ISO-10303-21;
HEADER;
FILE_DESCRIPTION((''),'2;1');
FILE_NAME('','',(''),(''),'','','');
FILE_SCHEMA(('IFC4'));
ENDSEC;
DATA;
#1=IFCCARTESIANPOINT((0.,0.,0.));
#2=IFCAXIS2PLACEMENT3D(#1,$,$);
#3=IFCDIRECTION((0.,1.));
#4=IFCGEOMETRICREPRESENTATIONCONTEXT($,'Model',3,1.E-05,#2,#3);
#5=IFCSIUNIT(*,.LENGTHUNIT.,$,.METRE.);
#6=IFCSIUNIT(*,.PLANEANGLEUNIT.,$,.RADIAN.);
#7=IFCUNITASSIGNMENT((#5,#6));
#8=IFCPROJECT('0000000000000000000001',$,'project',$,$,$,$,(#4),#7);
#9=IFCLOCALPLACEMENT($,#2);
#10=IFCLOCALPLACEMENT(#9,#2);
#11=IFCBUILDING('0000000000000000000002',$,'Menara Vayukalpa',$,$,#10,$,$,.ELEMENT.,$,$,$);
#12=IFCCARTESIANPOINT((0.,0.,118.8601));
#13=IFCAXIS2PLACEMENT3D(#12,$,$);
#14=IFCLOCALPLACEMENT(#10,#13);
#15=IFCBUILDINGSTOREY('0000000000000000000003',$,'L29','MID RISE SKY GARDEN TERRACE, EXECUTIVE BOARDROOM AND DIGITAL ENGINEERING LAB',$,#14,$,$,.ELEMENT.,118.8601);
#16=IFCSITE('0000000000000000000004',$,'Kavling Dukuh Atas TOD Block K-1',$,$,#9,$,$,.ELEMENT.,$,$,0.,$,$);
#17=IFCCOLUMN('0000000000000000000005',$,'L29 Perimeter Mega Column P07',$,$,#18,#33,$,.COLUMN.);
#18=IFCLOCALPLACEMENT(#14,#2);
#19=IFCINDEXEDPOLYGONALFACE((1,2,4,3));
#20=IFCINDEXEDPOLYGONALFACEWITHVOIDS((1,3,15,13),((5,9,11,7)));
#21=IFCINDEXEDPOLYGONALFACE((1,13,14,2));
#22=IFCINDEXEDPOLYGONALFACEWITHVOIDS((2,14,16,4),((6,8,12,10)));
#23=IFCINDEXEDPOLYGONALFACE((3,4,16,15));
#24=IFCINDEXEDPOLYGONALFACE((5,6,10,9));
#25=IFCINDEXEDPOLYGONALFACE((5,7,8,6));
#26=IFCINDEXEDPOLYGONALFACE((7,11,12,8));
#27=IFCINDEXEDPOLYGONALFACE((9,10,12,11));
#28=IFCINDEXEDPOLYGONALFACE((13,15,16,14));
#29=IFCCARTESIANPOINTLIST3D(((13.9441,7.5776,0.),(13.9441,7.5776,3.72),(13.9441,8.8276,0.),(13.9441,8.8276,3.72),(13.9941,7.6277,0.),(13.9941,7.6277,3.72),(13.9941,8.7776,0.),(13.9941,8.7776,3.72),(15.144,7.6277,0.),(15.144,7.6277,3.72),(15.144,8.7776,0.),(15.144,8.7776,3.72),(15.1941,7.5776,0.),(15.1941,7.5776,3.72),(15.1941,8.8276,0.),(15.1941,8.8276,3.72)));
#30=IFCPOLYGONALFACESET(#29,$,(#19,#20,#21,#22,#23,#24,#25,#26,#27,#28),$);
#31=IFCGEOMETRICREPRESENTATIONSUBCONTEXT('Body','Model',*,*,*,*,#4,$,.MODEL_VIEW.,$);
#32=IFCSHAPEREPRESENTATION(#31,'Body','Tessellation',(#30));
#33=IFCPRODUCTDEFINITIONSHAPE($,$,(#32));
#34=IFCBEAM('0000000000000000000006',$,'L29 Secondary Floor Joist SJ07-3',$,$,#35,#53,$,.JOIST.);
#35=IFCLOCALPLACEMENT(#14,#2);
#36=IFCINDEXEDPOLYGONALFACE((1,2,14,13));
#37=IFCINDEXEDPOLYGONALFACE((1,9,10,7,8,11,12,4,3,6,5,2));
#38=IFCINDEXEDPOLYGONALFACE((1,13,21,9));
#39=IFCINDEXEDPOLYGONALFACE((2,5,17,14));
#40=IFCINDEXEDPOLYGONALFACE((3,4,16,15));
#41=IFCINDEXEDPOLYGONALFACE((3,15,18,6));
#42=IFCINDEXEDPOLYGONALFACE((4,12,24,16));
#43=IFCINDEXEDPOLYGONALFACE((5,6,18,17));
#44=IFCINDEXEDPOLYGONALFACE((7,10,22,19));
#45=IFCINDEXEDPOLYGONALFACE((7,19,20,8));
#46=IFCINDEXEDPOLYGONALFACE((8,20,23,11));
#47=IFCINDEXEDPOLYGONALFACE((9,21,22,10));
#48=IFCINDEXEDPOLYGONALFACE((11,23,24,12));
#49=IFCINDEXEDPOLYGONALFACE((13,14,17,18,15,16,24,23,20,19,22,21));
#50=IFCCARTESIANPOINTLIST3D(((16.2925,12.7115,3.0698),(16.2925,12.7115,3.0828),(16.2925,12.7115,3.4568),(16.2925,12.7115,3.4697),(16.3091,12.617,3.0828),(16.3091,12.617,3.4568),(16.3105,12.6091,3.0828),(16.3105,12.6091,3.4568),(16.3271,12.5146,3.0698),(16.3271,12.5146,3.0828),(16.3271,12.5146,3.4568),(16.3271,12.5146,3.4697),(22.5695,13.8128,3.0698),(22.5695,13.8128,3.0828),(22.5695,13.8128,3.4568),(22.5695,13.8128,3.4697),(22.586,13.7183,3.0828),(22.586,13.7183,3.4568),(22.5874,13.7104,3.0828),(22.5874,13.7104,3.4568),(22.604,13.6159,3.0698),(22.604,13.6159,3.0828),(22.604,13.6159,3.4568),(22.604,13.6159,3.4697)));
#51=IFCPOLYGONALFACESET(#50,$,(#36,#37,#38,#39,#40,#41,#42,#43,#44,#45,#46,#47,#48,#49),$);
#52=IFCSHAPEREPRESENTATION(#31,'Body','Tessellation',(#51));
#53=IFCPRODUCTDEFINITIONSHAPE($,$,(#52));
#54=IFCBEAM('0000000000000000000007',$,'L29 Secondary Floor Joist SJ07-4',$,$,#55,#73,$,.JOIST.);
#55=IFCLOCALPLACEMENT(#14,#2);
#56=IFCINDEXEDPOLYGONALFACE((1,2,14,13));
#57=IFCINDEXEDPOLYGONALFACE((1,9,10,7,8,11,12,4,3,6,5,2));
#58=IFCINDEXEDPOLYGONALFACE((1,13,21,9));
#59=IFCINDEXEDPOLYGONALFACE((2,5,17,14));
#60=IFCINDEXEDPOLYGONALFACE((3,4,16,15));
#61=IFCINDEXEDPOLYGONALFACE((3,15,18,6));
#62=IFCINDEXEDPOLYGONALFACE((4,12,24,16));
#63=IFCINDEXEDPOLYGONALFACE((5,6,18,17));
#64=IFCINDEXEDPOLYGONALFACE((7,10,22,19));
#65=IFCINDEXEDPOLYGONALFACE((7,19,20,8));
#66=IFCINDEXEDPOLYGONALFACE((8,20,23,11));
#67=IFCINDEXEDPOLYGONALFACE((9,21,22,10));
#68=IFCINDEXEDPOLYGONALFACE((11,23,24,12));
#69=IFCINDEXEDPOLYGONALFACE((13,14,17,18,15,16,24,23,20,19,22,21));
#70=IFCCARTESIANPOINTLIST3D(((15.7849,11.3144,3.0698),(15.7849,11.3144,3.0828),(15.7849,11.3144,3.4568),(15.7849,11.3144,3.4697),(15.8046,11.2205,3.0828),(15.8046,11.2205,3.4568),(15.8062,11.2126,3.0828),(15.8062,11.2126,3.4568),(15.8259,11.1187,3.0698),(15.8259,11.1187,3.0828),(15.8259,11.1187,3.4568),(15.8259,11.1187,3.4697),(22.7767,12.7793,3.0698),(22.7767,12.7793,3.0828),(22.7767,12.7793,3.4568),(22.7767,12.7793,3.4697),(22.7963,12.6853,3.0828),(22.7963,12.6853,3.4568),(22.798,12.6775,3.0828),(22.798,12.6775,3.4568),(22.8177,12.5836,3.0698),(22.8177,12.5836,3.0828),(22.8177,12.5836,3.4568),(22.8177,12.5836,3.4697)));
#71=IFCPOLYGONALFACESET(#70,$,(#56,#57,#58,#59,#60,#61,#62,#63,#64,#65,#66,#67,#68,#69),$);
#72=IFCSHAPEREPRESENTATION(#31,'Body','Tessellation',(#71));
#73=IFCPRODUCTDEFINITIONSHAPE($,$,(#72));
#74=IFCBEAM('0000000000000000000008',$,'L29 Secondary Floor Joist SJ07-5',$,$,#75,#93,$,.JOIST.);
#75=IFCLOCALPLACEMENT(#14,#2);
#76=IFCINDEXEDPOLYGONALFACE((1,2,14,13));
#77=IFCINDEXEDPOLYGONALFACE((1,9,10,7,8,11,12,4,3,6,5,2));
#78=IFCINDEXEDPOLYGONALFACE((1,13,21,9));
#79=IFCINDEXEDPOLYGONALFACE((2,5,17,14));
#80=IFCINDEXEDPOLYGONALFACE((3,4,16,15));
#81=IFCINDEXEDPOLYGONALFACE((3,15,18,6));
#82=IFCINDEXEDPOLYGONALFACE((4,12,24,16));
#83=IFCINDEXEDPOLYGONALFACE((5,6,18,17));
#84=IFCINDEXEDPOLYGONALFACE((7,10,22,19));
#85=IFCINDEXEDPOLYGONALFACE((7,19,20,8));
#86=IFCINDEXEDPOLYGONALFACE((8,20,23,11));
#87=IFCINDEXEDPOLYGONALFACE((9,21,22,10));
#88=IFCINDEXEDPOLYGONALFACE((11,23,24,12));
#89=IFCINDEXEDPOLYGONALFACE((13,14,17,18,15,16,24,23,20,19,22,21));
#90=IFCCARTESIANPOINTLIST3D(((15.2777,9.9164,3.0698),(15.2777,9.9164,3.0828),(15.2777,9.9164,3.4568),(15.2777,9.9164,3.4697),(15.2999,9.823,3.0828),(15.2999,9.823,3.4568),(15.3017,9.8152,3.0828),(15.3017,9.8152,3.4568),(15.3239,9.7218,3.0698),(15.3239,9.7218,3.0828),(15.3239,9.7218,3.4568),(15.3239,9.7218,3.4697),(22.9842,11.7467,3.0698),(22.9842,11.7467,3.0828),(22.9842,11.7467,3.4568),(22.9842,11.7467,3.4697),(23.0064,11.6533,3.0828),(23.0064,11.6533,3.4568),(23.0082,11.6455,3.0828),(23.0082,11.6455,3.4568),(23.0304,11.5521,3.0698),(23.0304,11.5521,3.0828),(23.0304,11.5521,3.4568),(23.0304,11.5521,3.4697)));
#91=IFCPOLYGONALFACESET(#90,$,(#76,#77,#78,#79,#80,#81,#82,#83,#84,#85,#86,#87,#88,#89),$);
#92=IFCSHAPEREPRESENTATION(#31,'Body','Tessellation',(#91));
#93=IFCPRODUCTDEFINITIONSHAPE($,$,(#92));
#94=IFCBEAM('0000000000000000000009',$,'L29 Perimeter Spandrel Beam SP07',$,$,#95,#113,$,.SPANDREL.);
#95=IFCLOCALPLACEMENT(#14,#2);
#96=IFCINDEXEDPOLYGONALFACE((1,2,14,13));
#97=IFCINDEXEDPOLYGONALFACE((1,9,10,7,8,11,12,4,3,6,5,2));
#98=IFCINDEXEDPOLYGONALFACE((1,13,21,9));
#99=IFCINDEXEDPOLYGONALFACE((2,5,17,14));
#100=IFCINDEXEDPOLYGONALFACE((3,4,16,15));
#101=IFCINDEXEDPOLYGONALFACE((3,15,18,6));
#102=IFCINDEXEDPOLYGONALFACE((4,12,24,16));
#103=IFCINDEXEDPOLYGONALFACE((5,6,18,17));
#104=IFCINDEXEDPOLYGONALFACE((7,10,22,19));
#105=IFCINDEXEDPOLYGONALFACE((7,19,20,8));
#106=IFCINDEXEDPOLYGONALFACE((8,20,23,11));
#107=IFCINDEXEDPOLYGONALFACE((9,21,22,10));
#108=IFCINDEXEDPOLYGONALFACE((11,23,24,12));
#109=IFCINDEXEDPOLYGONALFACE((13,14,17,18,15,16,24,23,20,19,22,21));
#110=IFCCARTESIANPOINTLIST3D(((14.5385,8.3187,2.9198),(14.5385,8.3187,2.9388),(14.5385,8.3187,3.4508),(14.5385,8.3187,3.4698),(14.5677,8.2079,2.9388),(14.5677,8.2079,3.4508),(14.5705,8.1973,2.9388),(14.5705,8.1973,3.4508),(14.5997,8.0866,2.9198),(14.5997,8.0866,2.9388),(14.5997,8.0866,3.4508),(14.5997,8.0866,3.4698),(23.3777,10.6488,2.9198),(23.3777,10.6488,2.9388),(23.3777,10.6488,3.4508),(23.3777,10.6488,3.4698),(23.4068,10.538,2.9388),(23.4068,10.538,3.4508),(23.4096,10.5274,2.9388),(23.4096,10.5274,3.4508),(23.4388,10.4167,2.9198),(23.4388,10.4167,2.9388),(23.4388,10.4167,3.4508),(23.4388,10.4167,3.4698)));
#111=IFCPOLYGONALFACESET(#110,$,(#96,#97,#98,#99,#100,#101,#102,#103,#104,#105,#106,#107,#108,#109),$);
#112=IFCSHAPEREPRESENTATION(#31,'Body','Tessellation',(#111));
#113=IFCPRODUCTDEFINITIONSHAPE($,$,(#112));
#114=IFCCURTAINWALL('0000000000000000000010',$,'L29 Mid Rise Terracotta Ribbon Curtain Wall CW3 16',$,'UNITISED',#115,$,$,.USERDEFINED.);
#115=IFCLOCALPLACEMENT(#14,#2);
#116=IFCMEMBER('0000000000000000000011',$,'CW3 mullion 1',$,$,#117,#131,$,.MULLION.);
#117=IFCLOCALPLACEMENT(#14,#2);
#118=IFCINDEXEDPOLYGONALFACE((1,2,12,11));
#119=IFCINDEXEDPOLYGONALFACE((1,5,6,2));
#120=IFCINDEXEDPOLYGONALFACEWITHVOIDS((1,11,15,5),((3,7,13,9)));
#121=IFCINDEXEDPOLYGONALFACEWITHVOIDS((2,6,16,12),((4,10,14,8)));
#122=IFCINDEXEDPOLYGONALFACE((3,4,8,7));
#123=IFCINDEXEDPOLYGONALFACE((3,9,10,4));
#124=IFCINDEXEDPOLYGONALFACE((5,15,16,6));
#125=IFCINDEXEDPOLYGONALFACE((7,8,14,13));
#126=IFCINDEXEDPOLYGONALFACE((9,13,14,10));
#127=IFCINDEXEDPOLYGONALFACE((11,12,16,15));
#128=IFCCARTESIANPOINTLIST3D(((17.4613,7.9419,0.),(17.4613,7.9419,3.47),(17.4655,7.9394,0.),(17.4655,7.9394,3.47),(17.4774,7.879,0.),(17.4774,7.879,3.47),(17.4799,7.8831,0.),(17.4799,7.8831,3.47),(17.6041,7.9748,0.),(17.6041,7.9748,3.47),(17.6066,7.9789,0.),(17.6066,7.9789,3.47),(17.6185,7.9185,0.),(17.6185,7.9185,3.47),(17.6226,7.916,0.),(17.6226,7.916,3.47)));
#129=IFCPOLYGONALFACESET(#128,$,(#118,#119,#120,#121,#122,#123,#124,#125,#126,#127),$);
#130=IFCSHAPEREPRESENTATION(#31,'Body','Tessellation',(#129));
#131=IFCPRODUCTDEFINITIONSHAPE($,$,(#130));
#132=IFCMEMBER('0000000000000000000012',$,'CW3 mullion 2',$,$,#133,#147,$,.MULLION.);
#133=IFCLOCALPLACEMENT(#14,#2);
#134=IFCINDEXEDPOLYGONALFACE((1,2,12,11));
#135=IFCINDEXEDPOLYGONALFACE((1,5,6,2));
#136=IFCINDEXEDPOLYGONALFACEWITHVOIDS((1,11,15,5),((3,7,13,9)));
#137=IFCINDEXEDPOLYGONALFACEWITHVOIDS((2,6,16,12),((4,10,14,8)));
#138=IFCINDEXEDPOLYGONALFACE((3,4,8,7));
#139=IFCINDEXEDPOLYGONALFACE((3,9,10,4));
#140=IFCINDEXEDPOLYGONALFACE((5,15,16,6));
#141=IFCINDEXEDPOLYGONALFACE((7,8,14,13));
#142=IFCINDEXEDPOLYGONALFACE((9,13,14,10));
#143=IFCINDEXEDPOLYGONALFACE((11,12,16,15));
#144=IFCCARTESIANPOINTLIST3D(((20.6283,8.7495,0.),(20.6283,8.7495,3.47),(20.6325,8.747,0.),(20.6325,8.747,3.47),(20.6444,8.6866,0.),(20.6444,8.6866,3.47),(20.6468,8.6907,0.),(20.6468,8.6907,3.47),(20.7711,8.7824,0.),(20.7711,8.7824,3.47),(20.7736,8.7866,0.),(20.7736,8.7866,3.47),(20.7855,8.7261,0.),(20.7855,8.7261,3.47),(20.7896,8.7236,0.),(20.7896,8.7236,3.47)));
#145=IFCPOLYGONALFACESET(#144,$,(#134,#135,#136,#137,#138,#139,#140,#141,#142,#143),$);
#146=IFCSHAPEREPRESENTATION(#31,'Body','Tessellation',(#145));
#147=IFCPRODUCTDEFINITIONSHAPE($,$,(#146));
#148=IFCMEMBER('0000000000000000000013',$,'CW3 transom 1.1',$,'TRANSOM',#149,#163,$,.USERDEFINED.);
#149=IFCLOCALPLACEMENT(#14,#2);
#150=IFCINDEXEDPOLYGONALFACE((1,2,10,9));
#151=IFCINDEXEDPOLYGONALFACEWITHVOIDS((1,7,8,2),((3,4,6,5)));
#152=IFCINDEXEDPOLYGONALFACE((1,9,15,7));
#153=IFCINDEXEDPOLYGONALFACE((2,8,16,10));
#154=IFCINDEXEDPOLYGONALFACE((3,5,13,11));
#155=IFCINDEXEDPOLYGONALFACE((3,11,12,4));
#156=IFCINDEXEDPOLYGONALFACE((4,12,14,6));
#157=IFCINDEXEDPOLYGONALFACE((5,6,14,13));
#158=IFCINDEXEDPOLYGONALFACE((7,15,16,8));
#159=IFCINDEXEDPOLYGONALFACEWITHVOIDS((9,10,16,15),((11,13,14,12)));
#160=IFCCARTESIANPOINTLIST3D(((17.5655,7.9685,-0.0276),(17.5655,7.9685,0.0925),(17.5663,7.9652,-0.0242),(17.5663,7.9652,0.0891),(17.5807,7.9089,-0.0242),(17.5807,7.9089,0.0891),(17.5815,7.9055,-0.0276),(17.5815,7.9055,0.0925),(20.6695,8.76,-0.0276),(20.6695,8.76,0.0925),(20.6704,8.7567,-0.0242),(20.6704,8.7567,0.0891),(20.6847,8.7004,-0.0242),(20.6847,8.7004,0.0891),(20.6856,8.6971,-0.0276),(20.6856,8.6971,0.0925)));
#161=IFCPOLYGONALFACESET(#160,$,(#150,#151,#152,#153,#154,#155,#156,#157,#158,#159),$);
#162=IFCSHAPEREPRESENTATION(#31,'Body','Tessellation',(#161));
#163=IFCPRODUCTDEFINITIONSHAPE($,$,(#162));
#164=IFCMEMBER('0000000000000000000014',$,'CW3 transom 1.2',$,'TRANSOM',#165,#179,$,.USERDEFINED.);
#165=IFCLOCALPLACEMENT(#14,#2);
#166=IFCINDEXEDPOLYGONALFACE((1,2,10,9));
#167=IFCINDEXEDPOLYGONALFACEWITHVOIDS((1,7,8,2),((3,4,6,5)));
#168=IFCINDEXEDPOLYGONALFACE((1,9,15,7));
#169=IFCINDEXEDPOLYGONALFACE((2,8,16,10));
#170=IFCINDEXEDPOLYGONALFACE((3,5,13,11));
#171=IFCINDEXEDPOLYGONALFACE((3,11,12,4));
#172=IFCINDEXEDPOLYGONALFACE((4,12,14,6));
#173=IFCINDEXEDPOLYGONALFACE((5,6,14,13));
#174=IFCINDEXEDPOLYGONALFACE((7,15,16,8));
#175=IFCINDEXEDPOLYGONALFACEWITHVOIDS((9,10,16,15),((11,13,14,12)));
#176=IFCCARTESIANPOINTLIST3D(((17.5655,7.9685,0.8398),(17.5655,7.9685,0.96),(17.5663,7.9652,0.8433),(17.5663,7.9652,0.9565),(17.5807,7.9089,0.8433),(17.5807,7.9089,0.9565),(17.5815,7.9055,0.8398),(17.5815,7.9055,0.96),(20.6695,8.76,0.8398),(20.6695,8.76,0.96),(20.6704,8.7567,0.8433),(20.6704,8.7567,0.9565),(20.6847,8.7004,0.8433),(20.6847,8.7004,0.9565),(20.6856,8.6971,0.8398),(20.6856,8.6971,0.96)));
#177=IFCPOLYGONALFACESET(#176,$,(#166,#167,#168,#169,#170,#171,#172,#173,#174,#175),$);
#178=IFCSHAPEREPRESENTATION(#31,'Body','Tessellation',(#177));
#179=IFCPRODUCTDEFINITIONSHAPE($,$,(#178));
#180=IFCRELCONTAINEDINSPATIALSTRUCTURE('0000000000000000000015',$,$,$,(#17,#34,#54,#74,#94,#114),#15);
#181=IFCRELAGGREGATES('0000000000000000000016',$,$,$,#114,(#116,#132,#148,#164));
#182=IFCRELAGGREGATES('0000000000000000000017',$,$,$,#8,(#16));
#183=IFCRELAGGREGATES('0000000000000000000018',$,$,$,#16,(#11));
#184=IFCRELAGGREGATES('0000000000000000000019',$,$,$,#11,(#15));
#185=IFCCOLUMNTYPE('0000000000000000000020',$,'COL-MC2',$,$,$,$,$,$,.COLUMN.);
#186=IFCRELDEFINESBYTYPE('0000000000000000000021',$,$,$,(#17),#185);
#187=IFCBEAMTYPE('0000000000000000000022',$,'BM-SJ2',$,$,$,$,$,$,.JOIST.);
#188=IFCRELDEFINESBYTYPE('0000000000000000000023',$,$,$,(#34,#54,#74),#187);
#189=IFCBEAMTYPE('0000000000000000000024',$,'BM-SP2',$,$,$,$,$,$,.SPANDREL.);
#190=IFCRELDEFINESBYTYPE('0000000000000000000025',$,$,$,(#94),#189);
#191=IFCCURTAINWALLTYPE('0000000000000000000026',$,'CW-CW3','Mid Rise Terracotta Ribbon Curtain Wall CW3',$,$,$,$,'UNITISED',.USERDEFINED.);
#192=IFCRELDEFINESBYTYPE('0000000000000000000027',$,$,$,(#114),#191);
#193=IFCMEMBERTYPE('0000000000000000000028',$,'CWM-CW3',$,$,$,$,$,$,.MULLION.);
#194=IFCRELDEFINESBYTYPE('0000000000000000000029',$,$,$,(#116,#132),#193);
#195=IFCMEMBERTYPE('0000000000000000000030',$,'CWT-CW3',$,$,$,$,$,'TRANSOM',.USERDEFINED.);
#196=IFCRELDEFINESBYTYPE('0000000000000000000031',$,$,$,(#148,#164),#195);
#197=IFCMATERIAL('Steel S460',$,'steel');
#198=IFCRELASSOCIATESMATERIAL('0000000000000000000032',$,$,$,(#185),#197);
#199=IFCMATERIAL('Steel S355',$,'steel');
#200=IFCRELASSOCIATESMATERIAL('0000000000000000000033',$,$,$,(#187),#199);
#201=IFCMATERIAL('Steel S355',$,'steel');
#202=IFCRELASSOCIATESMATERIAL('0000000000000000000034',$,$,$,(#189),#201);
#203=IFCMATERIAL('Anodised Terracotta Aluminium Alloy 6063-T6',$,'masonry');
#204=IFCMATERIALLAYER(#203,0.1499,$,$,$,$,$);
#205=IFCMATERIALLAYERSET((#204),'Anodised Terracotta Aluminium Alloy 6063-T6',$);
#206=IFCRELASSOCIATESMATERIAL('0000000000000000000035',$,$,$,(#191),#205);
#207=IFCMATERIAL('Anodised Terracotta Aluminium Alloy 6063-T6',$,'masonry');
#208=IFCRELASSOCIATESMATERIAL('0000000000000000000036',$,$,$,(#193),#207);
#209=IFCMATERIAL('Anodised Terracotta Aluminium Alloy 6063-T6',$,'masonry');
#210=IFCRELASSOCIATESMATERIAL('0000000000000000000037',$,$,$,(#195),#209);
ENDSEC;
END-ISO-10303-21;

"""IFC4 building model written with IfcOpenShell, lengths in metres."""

from ifc_helpers import new_model, si_unit, direction, frame, origin, origin_2d, place, context, subcontext, project, spatial, hollow_rectangle, i_section, extrude, material, layer, layer_set, material_profile, profile_set, type_object, element, aggregate, save


model = new_model("IFC4")

# Units and contexts
model_context = context("Model", 3, precision=1e-05, world=origin(), true_north=direction((0.0, 1.0)))
body_context = subcontext(model_context, "Body", "Model", "MODEL_VIEW")
ifc_project = project(units=[si_unit("LENGTHUNIT", "METRE"), si_unit("PLANEANGLEUNIT", "RADIAN")], contexts=[model_context])

# Site, building, storey
site_placement = place(None, origin())
site = spatial("IfcSite", under=ifc_project, at=site_placement, Name="Kavling Dukuh Atas TOD Block K-1", CompositionType="ELEMENT", RefElevation=0.0)
building_placement = place(site_placement, origin())
building = spatial("IfcBuilding", under=site, at=building_placement, Name="Menara Vayukalpa", CompositionType="ELEMENT")
storey_placement = place(building_placement, frame((0.0, 0.0, 118.8601)))
storey = spatial("IfcBuildingStorey", under=building, at=storey_placement, Name="L29", Description="MID RISE SKY GARDEN TERRACE, EXECUTIVE BOARDROOM AND DIGITAL ENGINEERING LAB", CompositionType="ELEMENT", Elevation=118.8601)

# Column
ifc_material_1 = material(Name="Steel S460", Category="steel")
ifc_material_profile_1 = material_profile(ifc_material_1, hollow_rectangle(XDim=1.25, YDim=1.25, WallThickness=0.05, at=origin_2d()), Name="BOX 1250x1250x50")
ifc_profile_set_1 = profile_set([ifc_material_profile_1], Name="Steel S460")
column_type = type_object("IfcColumnType", Name="COL-MC2", PredefinedType="COLUMN", material=ifc_profile_set_1)
column_placement = place(storey_placement, frame((14.5691, 8.2026, 0.0), z_axis=(0.0, 0.0, 1.0), x_axis=(1.0, 0.0, 0.0)))
element("IfcColumn", 1, at=column_placement, inside=storey, type_object=column_type, Name="L29 Perimeter Mega Column P07", PredefinedType="COLUMN", context=body_context, shape_type="SweptSolid", body=[
    extrude(hollow_rectangle(XDim=1.25, YDim=1.25, WallThickness=0.05, at=origin_2d()), origin(), (0.0, 0.0, 1.0), 3.72),
])

# Beams
ifc_material_2 = material(Name="Steel S355", Category="steel")
ifc_material_profile_2 = material_profile(ifc_material_2, i_section(OverallWidth=0.2, OverallDepth=0.3999, WebThickness=0.0081, FlangeThickness=0.0129, at=origin_2d()), Name="WF 400x200x8x13")
ifc_profile_set_2 = profile_set([ifc_material_profile_2], Name="Steel S355")
beam_type_1 = type_object("IfcBeamType", Name="BM-SJ2", PredefinedType="JOIST", material=ifc_profile_set_2)
beam_1_placement = place(storey_placement, frame((16.3098, 12.613, 3.2698), z_axis=(0.984954, 0.172817, 0.0), x_axis=(-0.172817, 0.984954, 0.0)))
element("IfcBeam", 2, at=beam_1_placement, inside=storey, type_object=beam_type_1, Name="L29 Secondary Floor Joist SJ07-3", PredefinedType="JOIST", context=body_context, shape_type="SweptSolid", body=[
    extrude(i_section(OverallWidth=0.2, OverallDepth=0.3999, WebThickness=0.0081, FlangeThickness=0.0129, at=origin_2d()), origin(), (0.0, 0.0, 1.0), 6.3728),
])
beam_2_placement = place(storey_placement, frame((15.8054, 11.2166, 3.2698), z_axis=(0.978749, 0.20506, 0.0), x_axis=(-0.20506, 0.978749, 0.0)))
element("IfcBeam", 3, at=beam_2_placement, inside=storey, type_object=beam_type_1, Name="L29 Secondary Floor Joist SJ07-4", PredefinedType="JOIST", context=body_context, shape_type="SweptSolid", body=[
    extrude(i_section(OverallWidth=0.2, OverallDepth=0.3999, WebThickness=0.0081, FlangeThickness=0.0129, at=origin_2d()), origin(), (0.0, 0.0, 1.0), 7.1436),
])
beam_3_placement = place(storey_placement, frame((15.3008, 9.8191, 3.2698), z_axis=(0.972936, 0.231075, 0.0), x_axis=(-0.231075, 0.972936, 0.0)))
element("IfcBeam", 4, at=beam_3_placement, inside=storey, type_object=beam_type_1, Name="L29 Secondary Floor Joist SJ07-5", PredefinedType="JOIST", context=body_context, shape_type="SweptSolid", body=[
    extrude(i_section(OverallWidth=0.2, OverallDepth=0.3999, WebThickness=0.0081, FlangeThickness=0.0129, at=origin_2d()), origin(), (0.0, 0.0, 1.0), 7.9209),
])
ifc_material_3 = material(Name="Steel S355", Category="steel")
ifc_material_profile_3 = material_profile(ifc_material_3, i_section(OverallWidth=0.24, OverallDepth=0.55, WebThickness=0.011, FlangeThickness=0.019, at=origin_2d()), Name="WF 550x240x11x19")
ifc_profile_set_3 = profile_set([ifc_material_profile_3], Name="Steel S355")
beam_type_2 = type_object("IfcBeamType", Name="BM-SP2", PredefinedType="SPANDREL", material=ifc_profile_set_3)
beam_4_placement = place(storey_placement, frame((14.5691, 8.2026, 3.1948), z_axis=(0.966967, 0.254902, 0.0), x_axis=(-0.254902, 0.966967, 0.0)))
element("IfcBeam", 5, at=beam_4_placement, inside=storey, type_object=beam_type_2, Name="L29 Perimeter Spandrel Beam SP07", PredefinedType="SPANDREL", context=body_context, shape_type="SweptSolid", body=[
    extrude(i_section(OverallWidth=0.24, OverallDepth=0.55, WebThickness=0.011, FlangeThickness=0.019, at=origin_2d()), origin(), (0.0, 0.0, 1.0), 9.1411),
])

# Curtain wall, members
ifc_material_4 = material(Name="Anodised Terracotta Aluminium Alloy 6063-T6", Category="masonry")
ifc_layer_1 = layer(ifc_material_4, 0.1499)
ifc_layer_set_1 = layer_set([ifc_layer_1], Name="Anodised Terracotta Aluminium Alloy 6063-T6")
curtain_wall_type = type_object("IfcCurtainWallType", Name="CW-CW3", Description="Mid Rise Terracotta Ribbon Curtain Wall CW3", ElementType="UNITISED", PredefinedType="USERDEFINED", material=ifc_layer_set_1)
curtain_wall_placement = place(storey_placement, origin())
curtain_wall = element("IfcCurtainWall", 6, at=curtain_wall_placement, inside=storey, type_object=curtain_wall_type, Name="L29 Mid Rise Terracotta Ribbon Curtain Wall CW3 16", ObjectType="UNITISED", PredefinedType="USERDEFINED")
ifc_material_5 = material(Name="Anodised Terracotta Aluminium Alloy 6063-T6", Category="masonry")
ifc_material_profile_4 = material_profile(ifc_material_5, hollow_rectangle(XDim=0.0649, YDim=0.1499, WallThickness=0.0034, at=origin_2d()), Name="ALU 65x150x3.5")
ifc_profile_set_4 = profile_set([ifc_material_profile_4], Name="Anodised Terracotta Aluminium Alloy 6063-T6")
member_type_1 = type_object("IfcMemberType", Name="CWM-CW3", PredefinedType="MULLION", material=ifc_profile_set_4)
member_1_placement = place(storey_placement, frame((17.542, 7.929, 0.0), z_axis=(0.0, 0.0, 1.0), x_axis=(-0.247131, 0.968982, 0.0)))
member_1 = element("IfcMember", 7, at=member_1_placement, type_object=member_type_1, Name="CW3 mullion 1", PredefinedType="MULLION", context=body_context, shape_type="SweptSolid", body=[
    extrude(hollow_rectangle(XDim=0.0649, YDim=0.1499, WallThickness=0.0034, at=origin_2d()), origin(), (0.0, 0.0, 1.0), 3.47),
])
member_2_placement = place(storey_placement, frame((20.709, 8.7366, 0.0), z_axis=(0.0, 0.0, 1.0), x_axis=(-0.247131, 0.968982, 0.0)))
member_2 = element("IfcMember", 8, at=member_2_placement, type_object=member_type_1, Name="CW3 mullion 2", PredefinedType="MULLION", context=body_context, shape_type="SweptSolid", body=[
    extrude(hollow_rectangle(XDim=0.0649, YDim=0.1499, WallThickness=0.0034, at=origin_2d()), origin(), (0.0, 0.0, 1.0), 3.47),
])
ifc_material_6 = material(Name="Anodised Terracotta Aluminium Alloy 6063-T6", Category="masonry")
ifc_material_profile_5 = material_profile(ifc_material_6, hollow_rectangle(XDim=0.0649, YDim=0.1201, WallThickness=0.0034, at=origin_2d()), Name="ALU 65x120x3.5")
ifc_profile_set_5 = profile_set([ifc_material_profile_5], Name="Anodised Terracotta Aluminium Alloy 6063-T6")
member_type_2 = type_object("IfcMemberType", Name="CWT-CW3", ElementType="TRANSOM", PredefinedType="USERDEFINED", material=ifc_profile_set_5)
member_3_placement = place(storey_placement, frame((17.5735, 7.937, 0.0325), z_axis=(0.968993, 0.247088, 0.0), x_axis=(-0.247088, 0.968993, 0.0)))
member_3 = element("IfcMember", 9, at=member_3_placement, type_object=member_type_2, Name="CW3 transom 1.1", ObjectType="TRANSOM", PredefinedType="USERDEFINED", context=body_context, shape_type="SweptSolid", body=[
    extrude(hollow_rectangle(XDim=0.0649, YDim=0.1201, WallThickness=0.0034, at=origin_2d()), origin(), (0.0, 0.0, 1.0), 3.2034),
])
member_4_placement = place(storey_placement, frame((17.5735, 7.937, 0.8999), z_axis=(0.968993, 0.247088, 0.0), x_axis=(-0.247088, 0.968993, 0.0)))
member_4 = element("IfcMember", 10, at=member_4_placement, type_object=member_type_2, Name="CW3 transom 1.2", ObjectType="TRANSOM", PredefinedType="USERDEFINED", context=body_context, shape_type="SweptSolid", body=[
    extrude(hollow_rectangle(XDim=0.0649, YDim=0.1201, WallThickness=0.0034, at=origin_2d()), origin(), (0.0, 0.0, 1.0), 3.2034),
])
aggregate(curtain_wall, [member_1, member_2, member_3, member_4])

save(model, "model.ifc")
